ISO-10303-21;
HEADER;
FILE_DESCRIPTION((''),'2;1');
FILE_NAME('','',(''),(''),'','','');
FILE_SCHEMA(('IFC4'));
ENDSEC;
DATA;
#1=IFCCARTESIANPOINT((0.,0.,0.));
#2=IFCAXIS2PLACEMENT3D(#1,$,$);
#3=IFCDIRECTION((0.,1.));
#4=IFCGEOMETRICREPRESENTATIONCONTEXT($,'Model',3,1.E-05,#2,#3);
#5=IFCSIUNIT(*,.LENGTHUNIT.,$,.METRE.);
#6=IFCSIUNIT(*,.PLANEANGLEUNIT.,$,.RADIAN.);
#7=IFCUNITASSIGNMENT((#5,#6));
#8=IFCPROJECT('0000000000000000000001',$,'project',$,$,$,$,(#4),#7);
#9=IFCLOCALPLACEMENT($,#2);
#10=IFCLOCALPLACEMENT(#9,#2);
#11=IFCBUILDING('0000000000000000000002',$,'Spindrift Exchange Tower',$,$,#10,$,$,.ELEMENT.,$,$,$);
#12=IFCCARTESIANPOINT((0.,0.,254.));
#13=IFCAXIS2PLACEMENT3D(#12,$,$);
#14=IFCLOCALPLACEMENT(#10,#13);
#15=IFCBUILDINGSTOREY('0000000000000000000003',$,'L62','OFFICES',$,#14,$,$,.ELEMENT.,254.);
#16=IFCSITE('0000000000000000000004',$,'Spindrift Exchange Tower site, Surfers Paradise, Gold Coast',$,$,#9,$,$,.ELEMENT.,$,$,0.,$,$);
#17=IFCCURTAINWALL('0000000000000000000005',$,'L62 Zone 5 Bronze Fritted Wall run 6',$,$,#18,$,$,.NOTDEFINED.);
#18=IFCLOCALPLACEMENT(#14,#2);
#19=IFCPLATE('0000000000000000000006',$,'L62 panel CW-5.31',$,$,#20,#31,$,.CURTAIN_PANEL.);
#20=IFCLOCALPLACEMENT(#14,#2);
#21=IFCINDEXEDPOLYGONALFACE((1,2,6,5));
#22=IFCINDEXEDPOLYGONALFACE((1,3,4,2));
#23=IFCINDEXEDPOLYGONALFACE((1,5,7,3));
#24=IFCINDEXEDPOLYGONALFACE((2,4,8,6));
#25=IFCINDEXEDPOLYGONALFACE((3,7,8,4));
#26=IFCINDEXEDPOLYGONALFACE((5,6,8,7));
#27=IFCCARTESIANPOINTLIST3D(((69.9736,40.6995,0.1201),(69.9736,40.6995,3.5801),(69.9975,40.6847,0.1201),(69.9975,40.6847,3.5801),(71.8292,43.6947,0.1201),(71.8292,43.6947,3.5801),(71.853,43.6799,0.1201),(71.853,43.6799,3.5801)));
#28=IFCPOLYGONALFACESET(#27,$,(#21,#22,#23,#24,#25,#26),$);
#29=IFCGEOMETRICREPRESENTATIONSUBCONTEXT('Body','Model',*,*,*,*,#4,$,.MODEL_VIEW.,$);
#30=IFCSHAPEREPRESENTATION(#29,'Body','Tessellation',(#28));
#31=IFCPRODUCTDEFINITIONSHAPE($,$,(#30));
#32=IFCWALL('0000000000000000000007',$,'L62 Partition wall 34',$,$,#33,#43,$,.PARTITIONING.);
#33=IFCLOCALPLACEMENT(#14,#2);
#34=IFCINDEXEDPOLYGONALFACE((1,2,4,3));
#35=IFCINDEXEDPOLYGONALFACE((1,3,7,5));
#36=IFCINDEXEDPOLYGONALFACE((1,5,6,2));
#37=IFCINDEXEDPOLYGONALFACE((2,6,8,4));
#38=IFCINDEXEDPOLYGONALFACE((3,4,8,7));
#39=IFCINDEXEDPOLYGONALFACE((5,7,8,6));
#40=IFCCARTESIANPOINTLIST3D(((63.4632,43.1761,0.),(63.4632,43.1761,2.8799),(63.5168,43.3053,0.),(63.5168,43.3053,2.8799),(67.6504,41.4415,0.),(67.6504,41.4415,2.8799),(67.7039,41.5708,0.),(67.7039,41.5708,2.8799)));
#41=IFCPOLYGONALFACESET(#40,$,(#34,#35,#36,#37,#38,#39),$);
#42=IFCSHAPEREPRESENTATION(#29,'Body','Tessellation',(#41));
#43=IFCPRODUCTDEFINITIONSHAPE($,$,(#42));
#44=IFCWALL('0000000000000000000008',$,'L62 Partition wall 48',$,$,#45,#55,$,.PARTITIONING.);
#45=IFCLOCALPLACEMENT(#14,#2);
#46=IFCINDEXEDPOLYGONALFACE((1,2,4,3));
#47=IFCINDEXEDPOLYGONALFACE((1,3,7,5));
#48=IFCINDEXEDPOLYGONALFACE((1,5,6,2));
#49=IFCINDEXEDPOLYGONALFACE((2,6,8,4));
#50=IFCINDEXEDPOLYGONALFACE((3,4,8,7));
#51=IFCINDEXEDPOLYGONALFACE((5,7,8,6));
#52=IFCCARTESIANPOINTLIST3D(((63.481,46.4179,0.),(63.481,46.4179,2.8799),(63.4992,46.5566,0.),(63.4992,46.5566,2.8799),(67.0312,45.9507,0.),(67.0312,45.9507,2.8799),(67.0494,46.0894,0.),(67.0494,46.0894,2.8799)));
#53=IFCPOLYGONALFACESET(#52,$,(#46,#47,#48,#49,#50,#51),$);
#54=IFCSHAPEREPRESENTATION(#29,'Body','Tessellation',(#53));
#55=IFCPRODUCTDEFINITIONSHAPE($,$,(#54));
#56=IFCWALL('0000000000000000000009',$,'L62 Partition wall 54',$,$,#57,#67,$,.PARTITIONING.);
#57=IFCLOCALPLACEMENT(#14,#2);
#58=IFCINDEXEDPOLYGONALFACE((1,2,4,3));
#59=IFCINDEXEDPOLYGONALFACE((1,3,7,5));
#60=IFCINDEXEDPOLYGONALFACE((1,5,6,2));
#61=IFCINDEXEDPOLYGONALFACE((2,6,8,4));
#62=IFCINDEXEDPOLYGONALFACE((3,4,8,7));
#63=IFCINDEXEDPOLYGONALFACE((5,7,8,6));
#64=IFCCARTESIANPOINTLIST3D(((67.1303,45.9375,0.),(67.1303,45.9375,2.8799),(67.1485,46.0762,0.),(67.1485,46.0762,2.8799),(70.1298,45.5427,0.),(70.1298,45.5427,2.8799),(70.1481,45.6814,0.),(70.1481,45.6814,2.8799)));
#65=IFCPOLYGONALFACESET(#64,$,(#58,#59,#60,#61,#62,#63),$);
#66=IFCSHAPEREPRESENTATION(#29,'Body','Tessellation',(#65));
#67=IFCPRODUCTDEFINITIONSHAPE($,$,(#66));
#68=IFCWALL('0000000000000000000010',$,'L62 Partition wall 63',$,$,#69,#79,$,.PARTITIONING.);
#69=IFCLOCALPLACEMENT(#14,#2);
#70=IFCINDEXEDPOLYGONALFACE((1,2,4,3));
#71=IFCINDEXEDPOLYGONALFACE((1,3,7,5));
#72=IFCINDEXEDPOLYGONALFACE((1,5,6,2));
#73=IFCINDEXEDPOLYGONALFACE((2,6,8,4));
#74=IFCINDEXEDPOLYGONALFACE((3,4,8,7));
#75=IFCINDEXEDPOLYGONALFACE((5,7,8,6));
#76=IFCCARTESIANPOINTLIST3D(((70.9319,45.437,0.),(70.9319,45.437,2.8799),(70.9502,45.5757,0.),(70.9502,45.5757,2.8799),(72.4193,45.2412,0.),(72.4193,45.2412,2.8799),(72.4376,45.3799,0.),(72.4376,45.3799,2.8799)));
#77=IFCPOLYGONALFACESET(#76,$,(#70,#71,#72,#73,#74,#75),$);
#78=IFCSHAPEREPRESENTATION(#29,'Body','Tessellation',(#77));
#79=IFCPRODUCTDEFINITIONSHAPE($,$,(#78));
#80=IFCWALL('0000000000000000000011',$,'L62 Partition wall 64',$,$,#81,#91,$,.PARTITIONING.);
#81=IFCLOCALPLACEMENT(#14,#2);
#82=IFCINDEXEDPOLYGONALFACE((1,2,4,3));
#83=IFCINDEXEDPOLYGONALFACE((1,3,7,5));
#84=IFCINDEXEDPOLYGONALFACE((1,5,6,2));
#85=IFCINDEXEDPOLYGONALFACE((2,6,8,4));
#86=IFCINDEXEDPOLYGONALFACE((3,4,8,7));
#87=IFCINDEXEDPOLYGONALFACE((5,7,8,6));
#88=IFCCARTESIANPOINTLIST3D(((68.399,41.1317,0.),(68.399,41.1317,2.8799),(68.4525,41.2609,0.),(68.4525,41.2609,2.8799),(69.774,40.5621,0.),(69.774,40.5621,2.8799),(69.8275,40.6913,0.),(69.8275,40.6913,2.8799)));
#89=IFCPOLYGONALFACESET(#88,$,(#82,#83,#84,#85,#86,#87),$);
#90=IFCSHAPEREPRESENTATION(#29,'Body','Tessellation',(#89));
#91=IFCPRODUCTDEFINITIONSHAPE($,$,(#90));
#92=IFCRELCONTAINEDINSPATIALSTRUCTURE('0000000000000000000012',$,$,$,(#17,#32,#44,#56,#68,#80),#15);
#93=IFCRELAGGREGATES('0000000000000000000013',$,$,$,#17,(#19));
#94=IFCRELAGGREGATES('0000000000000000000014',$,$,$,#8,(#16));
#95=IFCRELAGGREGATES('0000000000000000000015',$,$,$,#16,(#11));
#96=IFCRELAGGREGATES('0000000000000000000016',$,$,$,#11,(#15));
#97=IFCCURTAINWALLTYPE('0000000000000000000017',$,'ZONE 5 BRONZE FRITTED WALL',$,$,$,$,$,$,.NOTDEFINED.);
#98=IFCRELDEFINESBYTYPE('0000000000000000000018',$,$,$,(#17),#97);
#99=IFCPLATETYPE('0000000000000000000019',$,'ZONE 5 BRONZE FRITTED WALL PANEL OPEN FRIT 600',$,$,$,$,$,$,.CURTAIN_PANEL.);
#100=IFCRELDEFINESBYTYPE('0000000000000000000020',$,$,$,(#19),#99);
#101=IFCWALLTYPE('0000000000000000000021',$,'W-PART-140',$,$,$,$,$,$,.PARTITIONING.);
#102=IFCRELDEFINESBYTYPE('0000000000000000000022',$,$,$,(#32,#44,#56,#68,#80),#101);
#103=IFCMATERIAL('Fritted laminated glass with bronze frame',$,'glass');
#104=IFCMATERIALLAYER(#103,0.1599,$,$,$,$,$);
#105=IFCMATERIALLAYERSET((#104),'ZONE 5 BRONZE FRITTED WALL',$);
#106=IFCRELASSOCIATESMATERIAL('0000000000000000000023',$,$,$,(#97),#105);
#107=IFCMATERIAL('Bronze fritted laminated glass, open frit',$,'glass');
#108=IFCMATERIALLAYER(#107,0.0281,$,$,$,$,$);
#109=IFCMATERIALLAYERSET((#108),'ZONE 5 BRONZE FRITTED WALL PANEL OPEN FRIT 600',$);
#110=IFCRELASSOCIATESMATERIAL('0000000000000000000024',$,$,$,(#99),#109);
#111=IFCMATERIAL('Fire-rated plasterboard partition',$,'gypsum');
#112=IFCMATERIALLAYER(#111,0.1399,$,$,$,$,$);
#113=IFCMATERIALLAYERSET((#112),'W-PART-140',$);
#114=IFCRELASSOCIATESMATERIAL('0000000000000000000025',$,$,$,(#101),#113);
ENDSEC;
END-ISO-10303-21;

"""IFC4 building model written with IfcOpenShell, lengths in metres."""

from ifc_helpers import new_model, si_unit, direction, frame, frame_2d, origin, origin_2d, place, context, subcontext, project, spatial, rectangle, extrude, source, transform, mapped, material, layer, layer_set, type_object, element, aggregate, save


model = new_model("IFC4")

# Units and contexts
model_context = context("Model", 3, precision=1e-05, world=origin(), true_north=direction((0.0, 1.0)))
body_context = subcontext(model_context, "Body", "Model", "MODEL_VIEW")
ifc_project = project(units=[si_unit("LENGTHUNIT", "METRE"), si_unit("PLANEANGLEUNIT", "RADIAN")], contexts=[model_context])

# Site, building, storey
site_placement = place(None, origin())
site = spatial("IfcSite", under=ifc_project, at=site_placement, Name="Spindrift Exchange Tower site, Surfers Paradise, Gold Coast", CompositionType="ELEMENT", RefElevation=0.0)
building_placement = place(site_placement, origin())
building = spatial("IfcBuilding", under=site, at=building_placement, Name="Spindrift Exchange Tower", CompositionType="ELEMENT")
storey_placement = place(building_placement, frame((0.0, 0.0, 254.0)))
storey = spatial("IfcBuildingStorey", under=building, at=storey_placement, Name="L62", Description="OFFICES", CompositionType="ELEMENT", Elevation=254.0)

# Curtain wall, plate
ifc_material_1 = material(Name="Fritted laminated glass with bronze frame", Category="glass")
ifc_layer_1 = layer(ifc_material_1, 0.1599)
ifc_layer_set_1 = layer_set([ifc_layer_1], Name="ZONE 5 BRONZE FRITTED WALL")
curtain_wall_type = type_object("IfcCurtainWallType", Name="ZONE 5 BRONZE FRITTED WALL", PredefinedType="NOTDEFINED", material=ifc_layer_set_1)
curtain_wall_placement = place(storey_placement, origin())
curtain_wall = element("IfcCurtainWall", 1, at=curtain_wall_placement, inside=storey, type_object=curtain_wall_type, Name="L62 Zone 5 Bronze Fritted Wall run 6", PredefinedType="NOTDEFINED")
ifc_material_2 = material(Name="Bronze fritted laminated glass, open frit", Category="glass")
ifc_layer_2 = layer(ifc_material_2, 0.0281)
ifc_layer_set_2 = layer_set([ifc_layer_2], Name="ZONE 5 BRONZE FRITTED WALL PANEL OPEN FRIT 600")
plate_type_1 = type_object("IfcPlateType", Name="ZONE 5 BRONZE FRITTED WALL PANEL OPEN FRIT 600", PredefinedType="CURTAIN_PANEL", material=ifc_layer_set_2)
shared_shape_1 = source(origin(), body_context, "Body", "SweptSolid", [
    extrude(rectangle(XDim=3.5234, YDim=0.0281, at=origin_2d()), origin(), (0.0, 0.0, 1.0), 3.46),
])
plate_1_placement = place(storey_placement, frame((70.9133, 42.1897, 0.1201), z_axis=(0.0, 0.0, 1.0), x_axis=(0.526628, 0.850096, 0.0)))
plate_1 = element("IfcPlate", 2, at=plate_1_placement, type_object=plate_type_1, Name="L62 panel CW-5.31", PredefinedType="CURTAIN_PANEL", context=body_context, shape_type="MappedRepresentation", body=[
    mapped(shared_shape_1, transform((0.0, 0.0, 0.0), scale=1.0)),
])
aggregate(curtain_wall, [plate_1])

# Walls
ifc_material_3 = material(Name="Fire-rated plasterboard partition", Category="gypsum")
ifc_layer_3 = layer(ifc_material_3, 0.1399)
ifc_layer_set_3 = layer_set([ifc_layer_3], Name="W-PART-140")
wall_type = type_object("IfcWallType", Name="W-PART-140", PredefinedType="PARTITIONING", material=ifc_layer_set_3)
wall_1_placement = place(storey_placement, frame((63.49, 43.2407, 0.0), z_axis=(0.0, 0.0, 1.0), x_axis=(0.923864, -0.382721, 0.0)))
element("IfcWall", 3, at=wall_1_placement, inside=storey, type_object=wall_type, Name="L62 Partition wall 34", PredefinedType="PARTITIONING", context=body_context, shape_type="SweptSolid", body=[
    extrude(rectangle(XDim=4.5322, YDim=0.1399, at=frame_2d((2.2661, 0.0))), origin(), (0.0, 0.0, 1.0), 2.8799),
])
wall_2_placement = place(storey_placement, frame((63.49, 46.4873, 0.0), z_axis=(0.0, 0.0, 1.0), x_axis=(0.991449, -0.130493, 0.0)))
element("IfcWall", 4, at=wall_2_placement, inside=storey, type_object=wall_type, Name="L62 Partition wall 48", PredefinedType="PARTITIONING", context=body_context, shape_type="SweptSolid", body=[
    extrude(rectangle(XDim=3.5808, YDim=0.1399, at=frame_2d((1.7905, 0.0))), origin(), (0.0, 0.0, 1.0), 2.8799),
])
wall_3_placement = place(storey_placement, frame((67.1394, 46.0068, 0.0), z_axis=(0.0, 0.0, 1.0), x_axis=(0.99145, -0.130488, 0.0)))
element("IfcWall", 5, at=wall_3_placement, inside=storey, type_object=wall_type, Name="L62 Partition wall 54", PredefinedType="PARTITIONING", context=body_context, shape_type="SweptSolid", body=[
    extrude(rectangle(XDim=3.0254, YDim=0.1399, at=frame_2d((1.5127, 0.0))), origin(), (0.0, 0.0, 1.0), 2.8799),
])
wall_4_placement = place(storey_placement, frame((70.9412, 45.5063, 0.0), z_axis=(0.0, 0.0, 1.0), x_axis=(0.991445, -0.130522, 0.0)))
element("IfcWall", 6, at=wall_4_placement, inside=storey, type_object=wall_type, Name="L62 Partition wall 63", PredefinedType="PARTITIONING", context=body_context, shape_type="SweptSolid", body=[
    extrude(rectangle(XDim=1.5002, YDim=0.1399, at=frame_2d((0.75, 0.0))), origin(), (0.0, 0.0, 1.0), 2.8799),
])
wall_5_placement = place(storey_placement, frame((68.4258, 41.1963, 0.0), z_axis=(0.0, 0.0, 1.0), x_axis=(0.923871, -0.382704, 0.0)))
element("IfcWall", 7, at=wall_5_placement, inside=storey, type_object=wall_type, Name="L62 Partition wall 64", PredefinedType="PARTITIONING", context=body_context, shape_type="SweptSolid", body=[
    extrude(rectangle(XDim=1.4883, YDim=0.1399, at=frame_2d((0.7441, 0.0))), origin(), (0.0, 0.0, 1.0), 2.8799),
])

save(model, "model.ifc")
